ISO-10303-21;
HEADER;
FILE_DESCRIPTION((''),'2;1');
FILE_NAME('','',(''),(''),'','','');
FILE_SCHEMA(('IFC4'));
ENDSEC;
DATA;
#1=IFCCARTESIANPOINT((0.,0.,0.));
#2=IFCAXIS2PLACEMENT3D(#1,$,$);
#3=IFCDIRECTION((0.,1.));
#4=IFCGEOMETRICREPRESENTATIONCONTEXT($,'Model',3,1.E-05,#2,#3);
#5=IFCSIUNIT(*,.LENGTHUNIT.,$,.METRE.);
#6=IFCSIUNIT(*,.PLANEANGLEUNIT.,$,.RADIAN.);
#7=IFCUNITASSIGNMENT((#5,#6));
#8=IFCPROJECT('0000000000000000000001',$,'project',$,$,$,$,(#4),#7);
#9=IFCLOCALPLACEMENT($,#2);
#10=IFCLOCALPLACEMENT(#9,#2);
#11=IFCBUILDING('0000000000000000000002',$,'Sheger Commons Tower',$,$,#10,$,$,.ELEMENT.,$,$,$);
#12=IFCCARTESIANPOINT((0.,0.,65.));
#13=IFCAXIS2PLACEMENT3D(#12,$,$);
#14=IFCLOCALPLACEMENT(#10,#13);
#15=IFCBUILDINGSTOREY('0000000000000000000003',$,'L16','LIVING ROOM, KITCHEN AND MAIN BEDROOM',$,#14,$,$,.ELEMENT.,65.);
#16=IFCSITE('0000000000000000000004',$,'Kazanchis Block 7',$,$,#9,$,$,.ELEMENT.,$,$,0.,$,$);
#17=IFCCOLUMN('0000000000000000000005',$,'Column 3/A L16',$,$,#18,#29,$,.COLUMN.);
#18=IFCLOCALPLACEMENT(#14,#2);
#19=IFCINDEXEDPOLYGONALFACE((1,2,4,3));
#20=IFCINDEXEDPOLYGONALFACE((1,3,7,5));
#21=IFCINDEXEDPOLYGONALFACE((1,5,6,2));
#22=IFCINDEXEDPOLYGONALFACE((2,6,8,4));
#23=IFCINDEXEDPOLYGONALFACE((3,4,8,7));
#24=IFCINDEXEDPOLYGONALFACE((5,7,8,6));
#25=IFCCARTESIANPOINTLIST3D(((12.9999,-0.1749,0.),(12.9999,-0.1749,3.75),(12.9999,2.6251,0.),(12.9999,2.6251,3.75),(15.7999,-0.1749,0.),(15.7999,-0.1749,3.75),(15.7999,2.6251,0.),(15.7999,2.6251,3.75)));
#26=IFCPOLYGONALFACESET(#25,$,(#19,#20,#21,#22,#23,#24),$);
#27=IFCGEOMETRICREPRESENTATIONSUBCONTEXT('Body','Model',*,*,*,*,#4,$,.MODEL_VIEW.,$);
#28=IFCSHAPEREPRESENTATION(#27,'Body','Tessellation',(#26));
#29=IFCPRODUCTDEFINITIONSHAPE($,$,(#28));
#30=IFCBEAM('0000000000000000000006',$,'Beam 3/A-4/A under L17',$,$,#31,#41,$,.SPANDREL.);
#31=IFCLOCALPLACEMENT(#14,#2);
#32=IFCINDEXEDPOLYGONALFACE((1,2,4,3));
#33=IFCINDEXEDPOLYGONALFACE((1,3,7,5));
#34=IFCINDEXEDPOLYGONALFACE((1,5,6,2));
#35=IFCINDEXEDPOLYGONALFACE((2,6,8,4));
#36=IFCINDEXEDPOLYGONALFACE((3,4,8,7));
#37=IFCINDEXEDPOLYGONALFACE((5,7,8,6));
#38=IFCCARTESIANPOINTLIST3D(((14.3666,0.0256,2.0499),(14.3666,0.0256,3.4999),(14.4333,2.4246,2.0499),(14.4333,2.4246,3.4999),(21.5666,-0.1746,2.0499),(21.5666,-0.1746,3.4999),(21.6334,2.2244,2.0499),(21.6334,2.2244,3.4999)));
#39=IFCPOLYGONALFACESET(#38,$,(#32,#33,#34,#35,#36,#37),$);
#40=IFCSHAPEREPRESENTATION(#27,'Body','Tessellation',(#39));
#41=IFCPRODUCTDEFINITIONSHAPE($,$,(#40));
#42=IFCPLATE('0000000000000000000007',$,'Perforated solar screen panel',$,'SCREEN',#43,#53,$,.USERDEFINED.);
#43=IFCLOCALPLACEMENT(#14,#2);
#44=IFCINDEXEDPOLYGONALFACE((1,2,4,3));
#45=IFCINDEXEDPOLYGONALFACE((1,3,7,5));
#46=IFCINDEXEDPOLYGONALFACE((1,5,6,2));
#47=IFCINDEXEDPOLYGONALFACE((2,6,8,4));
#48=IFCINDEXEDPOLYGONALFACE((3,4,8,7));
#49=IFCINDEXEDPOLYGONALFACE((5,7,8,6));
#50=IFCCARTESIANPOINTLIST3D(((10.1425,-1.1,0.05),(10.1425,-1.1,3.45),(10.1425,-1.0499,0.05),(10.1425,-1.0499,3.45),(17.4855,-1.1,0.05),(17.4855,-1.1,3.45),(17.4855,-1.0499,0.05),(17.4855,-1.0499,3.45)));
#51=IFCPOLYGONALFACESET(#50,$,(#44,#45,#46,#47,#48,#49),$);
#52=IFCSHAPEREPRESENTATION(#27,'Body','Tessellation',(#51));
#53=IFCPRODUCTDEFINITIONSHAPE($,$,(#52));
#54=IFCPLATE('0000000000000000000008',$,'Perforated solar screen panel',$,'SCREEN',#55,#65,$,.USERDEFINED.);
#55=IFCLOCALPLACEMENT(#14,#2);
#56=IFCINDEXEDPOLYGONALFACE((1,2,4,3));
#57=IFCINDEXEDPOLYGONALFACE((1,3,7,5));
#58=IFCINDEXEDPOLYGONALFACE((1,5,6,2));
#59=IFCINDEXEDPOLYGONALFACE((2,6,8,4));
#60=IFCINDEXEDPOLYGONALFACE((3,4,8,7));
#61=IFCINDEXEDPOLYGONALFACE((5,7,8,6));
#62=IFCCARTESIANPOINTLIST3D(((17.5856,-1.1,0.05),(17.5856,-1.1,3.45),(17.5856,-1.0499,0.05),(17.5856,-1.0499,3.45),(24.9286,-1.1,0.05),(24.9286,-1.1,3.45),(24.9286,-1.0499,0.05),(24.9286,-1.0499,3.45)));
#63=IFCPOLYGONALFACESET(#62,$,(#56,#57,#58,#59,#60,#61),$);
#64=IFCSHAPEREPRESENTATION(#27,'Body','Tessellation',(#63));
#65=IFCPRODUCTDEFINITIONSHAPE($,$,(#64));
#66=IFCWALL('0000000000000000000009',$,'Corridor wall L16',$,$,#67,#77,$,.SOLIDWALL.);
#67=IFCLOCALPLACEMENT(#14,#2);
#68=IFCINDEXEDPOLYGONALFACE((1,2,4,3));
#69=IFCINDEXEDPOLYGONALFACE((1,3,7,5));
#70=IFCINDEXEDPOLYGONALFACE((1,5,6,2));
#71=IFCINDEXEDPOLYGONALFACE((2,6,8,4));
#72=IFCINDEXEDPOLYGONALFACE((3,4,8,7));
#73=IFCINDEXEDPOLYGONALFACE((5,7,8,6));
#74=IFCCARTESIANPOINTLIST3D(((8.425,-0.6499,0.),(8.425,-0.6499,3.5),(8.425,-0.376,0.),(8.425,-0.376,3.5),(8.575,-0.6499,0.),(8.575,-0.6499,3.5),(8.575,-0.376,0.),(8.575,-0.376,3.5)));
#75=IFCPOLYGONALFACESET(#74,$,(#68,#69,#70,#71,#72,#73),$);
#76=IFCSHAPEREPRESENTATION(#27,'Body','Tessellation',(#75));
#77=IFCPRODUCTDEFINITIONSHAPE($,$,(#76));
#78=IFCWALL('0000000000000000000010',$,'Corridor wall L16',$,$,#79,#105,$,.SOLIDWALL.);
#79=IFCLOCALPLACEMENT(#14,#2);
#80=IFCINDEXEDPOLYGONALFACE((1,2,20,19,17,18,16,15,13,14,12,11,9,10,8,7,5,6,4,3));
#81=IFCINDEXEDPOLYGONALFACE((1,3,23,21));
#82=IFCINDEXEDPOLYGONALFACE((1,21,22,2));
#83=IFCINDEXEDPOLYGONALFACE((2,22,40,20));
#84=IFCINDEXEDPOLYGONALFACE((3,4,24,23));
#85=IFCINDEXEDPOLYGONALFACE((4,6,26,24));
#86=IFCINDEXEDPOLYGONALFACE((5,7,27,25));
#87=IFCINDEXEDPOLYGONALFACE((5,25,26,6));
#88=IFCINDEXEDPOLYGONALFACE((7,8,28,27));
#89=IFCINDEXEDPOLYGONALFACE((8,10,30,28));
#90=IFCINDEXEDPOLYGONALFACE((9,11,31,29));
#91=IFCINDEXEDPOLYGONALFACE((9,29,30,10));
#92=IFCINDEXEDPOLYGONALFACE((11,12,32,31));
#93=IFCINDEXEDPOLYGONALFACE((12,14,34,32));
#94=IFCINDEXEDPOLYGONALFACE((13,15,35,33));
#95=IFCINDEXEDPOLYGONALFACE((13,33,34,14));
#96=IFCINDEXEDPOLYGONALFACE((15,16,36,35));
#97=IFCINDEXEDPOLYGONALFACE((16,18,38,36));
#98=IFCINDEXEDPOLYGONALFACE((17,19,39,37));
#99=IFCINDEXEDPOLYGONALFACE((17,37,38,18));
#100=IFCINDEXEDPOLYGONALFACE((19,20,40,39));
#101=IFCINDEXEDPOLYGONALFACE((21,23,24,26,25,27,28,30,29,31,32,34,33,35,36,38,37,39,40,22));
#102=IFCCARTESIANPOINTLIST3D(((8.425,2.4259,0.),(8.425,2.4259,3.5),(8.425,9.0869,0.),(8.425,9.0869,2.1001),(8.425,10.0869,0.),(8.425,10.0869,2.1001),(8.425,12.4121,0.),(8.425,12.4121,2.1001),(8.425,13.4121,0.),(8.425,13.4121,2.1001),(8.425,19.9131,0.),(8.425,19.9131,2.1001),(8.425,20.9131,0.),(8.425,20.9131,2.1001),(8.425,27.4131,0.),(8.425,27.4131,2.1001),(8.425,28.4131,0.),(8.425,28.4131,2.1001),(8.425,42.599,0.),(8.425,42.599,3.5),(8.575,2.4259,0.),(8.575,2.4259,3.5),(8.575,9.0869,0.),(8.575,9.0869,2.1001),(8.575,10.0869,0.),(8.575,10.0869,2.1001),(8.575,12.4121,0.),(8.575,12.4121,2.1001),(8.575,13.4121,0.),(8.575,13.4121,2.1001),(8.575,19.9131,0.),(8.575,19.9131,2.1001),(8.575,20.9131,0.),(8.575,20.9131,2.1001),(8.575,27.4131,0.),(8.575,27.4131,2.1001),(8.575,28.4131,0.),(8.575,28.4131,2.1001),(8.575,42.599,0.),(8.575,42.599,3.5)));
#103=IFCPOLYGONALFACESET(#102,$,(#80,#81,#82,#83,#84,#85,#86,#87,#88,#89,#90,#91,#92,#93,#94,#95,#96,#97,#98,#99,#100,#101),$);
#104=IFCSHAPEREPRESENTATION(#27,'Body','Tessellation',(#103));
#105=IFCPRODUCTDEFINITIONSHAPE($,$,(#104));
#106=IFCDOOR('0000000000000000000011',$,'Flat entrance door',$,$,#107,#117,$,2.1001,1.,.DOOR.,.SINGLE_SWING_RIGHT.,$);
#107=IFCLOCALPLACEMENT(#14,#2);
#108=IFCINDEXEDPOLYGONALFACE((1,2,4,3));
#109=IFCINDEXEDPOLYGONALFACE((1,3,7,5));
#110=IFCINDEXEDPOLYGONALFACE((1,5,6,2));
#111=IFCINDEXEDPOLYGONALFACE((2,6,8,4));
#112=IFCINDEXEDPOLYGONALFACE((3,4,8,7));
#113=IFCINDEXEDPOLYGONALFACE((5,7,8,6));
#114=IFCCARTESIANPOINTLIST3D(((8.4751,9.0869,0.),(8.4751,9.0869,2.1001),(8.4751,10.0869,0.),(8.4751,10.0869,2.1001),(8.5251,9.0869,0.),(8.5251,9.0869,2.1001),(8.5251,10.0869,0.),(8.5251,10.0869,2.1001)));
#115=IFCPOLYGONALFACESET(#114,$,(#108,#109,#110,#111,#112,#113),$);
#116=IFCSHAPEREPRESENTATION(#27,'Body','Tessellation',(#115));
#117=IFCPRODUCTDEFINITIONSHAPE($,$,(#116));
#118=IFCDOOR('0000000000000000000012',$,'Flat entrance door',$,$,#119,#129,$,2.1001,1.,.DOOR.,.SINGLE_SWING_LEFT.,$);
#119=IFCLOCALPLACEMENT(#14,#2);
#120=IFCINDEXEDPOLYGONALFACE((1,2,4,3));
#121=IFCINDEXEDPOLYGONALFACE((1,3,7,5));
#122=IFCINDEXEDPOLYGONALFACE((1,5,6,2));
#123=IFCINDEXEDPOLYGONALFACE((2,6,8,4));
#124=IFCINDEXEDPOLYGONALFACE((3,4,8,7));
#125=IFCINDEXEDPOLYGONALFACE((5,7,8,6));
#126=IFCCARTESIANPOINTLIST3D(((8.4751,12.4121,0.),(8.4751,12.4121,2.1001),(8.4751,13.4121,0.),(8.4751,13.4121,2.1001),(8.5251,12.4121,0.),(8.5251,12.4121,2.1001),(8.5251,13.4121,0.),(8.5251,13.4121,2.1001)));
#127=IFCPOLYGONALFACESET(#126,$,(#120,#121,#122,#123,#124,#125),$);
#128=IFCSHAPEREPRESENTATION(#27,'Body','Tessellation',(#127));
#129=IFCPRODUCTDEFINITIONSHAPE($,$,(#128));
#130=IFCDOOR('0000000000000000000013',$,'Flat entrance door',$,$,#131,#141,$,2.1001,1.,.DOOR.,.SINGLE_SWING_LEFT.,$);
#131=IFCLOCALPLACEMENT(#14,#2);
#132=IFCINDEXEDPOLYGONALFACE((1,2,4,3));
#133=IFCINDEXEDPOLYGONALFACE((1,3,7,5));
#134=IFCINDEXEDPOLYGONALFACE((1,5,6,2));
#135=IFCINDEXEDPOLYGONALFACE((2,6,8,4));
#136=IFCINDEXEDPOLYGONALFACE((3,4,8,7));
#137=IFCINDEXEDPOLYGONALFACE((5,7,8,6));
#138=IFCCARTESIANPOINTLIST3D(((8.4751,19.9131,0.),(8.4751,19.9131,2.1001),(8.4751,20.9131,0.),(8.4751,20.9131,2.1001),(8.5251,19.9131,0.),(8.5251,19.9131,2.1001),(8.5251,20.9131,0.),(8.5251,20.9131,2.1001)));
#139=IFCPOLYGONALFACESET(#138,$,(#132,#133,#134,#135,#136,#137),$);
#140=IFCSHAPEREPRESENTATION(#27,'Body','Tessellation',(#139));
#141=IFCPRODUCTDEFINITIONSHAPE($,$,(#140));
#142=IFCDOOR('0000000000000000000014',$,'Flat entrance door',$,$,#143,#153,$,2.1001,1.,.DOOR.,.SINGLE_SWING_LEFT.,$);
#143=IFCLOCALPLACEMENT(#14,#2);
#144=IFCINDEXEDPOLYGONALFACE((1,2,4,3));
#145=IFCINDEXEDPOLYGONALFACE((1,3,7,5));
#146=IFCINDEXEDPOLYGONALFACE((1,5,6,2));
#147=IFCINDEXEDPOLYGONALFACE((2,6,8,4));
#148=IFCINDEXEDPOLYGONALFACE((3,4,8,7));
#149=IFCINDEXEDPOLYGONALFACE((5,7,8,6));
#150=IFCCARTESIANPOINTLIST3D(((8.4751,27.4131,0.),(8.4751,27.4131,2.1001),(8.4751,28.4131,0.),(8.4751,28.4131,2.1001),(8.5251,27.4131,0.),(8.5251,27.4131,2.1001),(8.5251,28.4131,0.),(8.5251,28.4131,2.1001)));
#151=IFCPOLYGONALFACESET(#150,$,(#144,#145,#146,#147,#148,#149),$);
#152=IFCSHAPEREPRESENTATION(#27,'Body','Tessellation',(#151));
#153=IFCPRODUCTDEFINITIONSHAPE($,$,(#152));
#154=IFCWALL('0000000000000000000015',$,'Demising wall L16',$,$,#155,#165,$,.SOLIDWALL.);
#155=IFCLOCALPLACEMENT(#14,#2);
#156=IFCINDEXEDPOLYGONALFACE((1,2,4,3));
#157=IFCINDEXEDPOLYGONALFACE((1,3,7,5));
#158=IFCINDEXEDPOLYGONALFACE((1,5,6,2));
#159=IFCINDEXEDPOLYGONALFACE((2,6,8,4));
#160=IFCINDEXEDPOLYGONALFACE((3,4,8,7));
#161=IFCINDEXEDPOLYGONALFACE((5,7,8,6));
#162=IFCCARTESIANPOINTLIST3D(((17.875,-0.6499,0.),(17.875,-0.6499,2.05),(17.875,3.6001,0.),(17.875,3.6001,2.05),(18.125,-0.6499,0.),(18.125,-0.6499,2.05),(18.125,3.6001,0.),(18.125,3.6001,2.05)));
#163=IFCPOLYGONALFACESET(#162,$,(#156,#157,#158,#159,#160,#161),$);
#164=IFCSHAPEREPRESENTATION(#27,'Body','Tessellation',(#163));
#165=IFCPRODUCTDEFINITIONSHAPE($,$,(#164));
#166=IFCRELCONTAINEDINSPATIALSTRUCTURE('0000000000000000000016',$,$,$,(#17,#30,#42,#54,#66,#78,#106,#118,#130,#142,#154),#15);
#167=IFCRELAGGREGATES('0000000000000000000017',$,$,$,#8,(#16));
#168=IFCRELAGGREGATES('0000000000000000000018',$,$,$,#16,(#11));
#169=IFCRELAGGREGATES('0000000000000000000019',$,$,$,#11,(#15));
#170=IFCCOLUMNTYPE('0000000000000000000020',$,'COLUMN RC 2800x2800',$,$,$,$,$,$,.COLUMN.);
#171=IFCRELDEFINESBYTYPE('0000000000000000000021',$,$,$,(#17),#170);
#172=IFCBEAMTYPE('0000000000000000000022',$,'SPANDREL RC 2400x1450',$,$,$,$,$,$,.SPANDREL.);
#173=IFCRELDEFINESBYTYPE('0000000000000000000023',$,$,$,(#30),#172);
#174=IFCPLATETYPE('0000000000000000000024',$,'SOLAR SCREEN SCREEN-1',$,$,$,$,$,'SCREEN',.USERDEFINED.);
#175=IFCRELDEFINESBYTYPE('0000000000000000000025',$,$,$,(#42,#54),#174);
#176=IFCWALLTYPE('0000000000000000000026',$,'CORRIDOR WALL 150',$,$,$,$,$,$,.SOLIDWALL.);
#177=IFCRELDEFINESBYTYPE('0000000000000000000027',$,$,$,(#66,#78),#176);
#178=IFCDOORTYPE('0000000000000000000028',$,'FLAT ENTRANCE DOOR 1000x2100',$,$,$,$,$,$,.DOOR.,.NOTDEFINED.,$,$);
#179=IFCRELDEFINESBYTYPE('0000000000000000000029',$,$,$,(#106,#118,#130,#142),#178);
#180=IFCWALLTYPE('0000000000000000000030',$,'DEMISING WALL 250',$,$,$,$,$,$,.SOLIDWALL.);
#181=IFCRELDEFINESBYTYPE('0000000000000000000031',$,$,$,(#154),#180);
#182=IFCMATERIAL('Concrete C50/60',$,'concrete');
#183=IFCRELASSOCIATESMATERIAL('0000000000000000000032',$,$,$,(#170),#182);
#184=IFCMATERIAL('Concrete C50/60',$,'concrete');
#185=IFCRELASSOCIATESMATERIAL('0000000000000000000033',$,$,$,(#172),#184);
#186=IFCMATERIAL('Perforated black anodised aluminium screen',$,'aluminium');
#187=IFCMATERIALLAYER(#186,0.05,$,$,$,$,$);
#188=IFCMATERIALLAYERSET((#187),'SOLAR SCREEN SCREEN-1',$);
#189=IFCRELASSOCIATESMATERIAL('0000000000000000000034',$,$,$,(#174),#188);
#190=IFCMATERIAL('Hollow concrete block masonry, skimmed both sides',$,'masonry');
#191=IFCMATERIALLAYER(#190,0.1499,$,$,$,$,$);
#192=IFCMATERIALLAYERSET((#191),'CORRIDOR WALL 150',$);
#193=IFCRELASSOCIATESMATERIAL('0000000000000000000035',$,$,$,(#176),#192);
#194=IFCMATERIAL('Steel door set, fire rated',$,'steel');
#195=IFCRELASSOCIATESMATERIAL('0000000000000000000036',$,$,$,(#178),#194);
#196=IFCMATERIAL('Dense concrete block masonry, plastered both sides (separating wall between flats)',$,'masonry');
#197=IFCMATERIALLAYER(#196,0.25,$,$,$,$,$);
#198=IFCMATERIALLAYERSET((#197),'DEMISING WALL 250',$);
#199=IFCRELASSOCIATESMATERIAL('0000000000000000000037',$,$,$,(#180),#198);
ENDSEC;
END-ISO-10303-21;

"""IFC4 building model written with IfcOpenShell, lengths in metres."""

from ifc_helpers import new_model, si_unit, direction, frame, frame_2d, origin, origin_2d, place, context, subcontext, project, spatial, rectangle, extrude, material, layer, layer_set, material_profile, profile_set, type_object, element, fill, save


model = new_model("IFC4")

# Units and contexts
model_context = context("Model", 3, precision=1e-05, world=origin(), true_north=direction((0.0, 1.0)))
body_context = subcontext(model_context, "Body", "Model", "MODEL_VIEW")
ifc_project = project(units=[si_unit("LENGTHUNIT", "METRE"), si_unit("PLANEANGLEUNIT", "RADIAN")], contexts=[model_context])

# Site, building, storey
site_placement = place(None, origin())
site = spatial("IfcSite", under=ifc_project, at=site_placement, Name="Kazanchis Block 7", CompositionType="ELEMENT", RefElevation=0.0)
building_placement = place(site_placement, origin())
building = spatial("IfcBuilding", under=site, at=building_placement, Name="Sheger Commons Tower", CompositionType="ELEMENT")
storey_placement = place(building_placement, frame((0.0, 0.0, 65.0)))
storey = spatial("IfcBuildingStorey", under=building, at=storey_placement, Name="L16", Description="LIVING ROOM, KITCHEN AND MAIN BEDROOM", CompositionType="ELEMENT", Elevation=65.0)

# Column
ifc_material_1 = material(Name="Concrete C50/60", Category="concrete")
ifc_material_profile_1 = material_profile(ifc_material_1, rectangle(XDim=2.8, YDim=2.8, at=origin_2d()), Name="RC 2800x2800")
ifc_profile_set_1 = profile_set([ifc_material_profile_1], Name="Concrete C50/60")
column_type = type_object("IfcColumnType", Name="COLUMN RC 2800x2800", PredefinedType="COLUMN", material=ifc_profile_set_1)
column_placement = place(storey_placement, frame((14.3999, 1.2251, 0.0), z_axis=(0.0, 0.0, 1.0), x_axis=(1.0, 0.0, 0.0)))
element("IfcColumn", 1, at=column_placement, inside=storey, type_object=column_type, Name="Column 3/A L16", PredefinedType="COLUMN", context=body_context, shape_type="SweptSolid", body=[
    extrude(rectangle(XDim=2.8, YDim=2.8, at=origin_2d()), origin(), (0.0, 0.0, 1.0), 3.75),
])

# Beam
ifc_material_2 = material(Name="Concrete C50/60", Category="concrete")
ifc_material_profile_2 = material_profile(ifc_material_2, rectangle(XDim=2.3999, YDim=1.45, at=origin_2d()), Name="RC 2400x1450")
ifc_profile_set_2 = profile_set([ifc_material_profile_2], Name="Concrete C50/60")
beam_type = type_object("IfcBeamType", Name="SPANDREL RC 2400x1450", PredefinedType="SPANDREL", material=ifc_profile_set_2)
beam_placement = place(storey_placement, frame((14.3999, 1.2251, 2.7749), z_axis=(0.999614, -0.027793, 0.0), x_axis=(0.027793, 0.999614, 0.0)))
element("IfcBeam", 2, at=beam_placement, inside=storey, type_object=beam_type, Name="Beam 3/A-4/A under L17", PredefinedType="SPANDREL", context=body_context, shape_type="SweptSolid", body=[
    extrude(rectangle(XDim=2.3999, YDim=1.45, at=origin_2d()), origin(), (0.0, 0.0, 1.0), 7.2029),
])

# Plates
ifc_material_3 = material(Name="Perforated black anodised aluminium screen", Category="aluminium")
ifc_layer_1 = layer(ifc_material_3, 0.05)
ifc_layer_set_1 = layer_set([ifc_layer_1], Name="SOLAR SCREEN SCREEN-1")
plate_type = type_object("IfcPlateType", Name="SOLAR SCREEN SCREEN-1", ElementType="SCREEN", PredefinedType="USERDEFINED", material=ifc_layer_set_1)
for number, where, z_axis, x_axis, name in (
    (3, (13.814, -1.075, 0.05), (0.0, 0.0, 1.0), (1.0, 0.0, 0.0), "Perforated solar screen panel"),
    (4, (21.2571, -1.075, 0.05), (0.0, 0.0, 1.0), (1.0, 0.0, 0.0), "Perforated solar screen panel"),
):
    element("IfcPlate", number, at=place(storey_placement, frame(where, z_axis=z_axis, x_axis=x_axis)), inside=storey, type_object=plate_type, Name=name, ObjectType="SCREEN", PredefinedType="USERDEFINED", context=body_context, shape_type="SweptSolid", body=[
        extrude(rectangle(XDim=7.343, YDim=0.05, at=origin_2d()), origin(), (0.0, 0.0, 1.0), 3.3999),
    ])

# Wall
ifc_material_4 = material(Name="Hollow concrete block masonry, skimmed both sides", Category="masonry")
ifc_layer_2 = layer(ifc_material_4, 0.1499)
ifc_layer_set_2 = layer_set([ifc_layer_2], Name="CORRIDOR WALL 150")
wall_type_1 = type_object("IfcWallType", Name="CORRIDOR WALL 150", PredefinedType="SOLIDWALL", material=ifc_layer_set_2)
wall_1_placement = place(storey_placement, frame((8.5, -0.6499, 0.0), z_axis=(0.0, 0.0, 1.0), x_axis=(0.0, 1.0, 0.0)))
element("IfcWall", 5, at=wall_1_placement, inside=storey, type_object=wall_type_1, Name="Corridor wall L16", PredefinedType="SOLIDWALL", context=body_context, shape_type="SweptSolid", body=[
    extrude(rectangle(XDim=0.2739, YDim=0.1499, at=frame_2d((0.137, 0.0))), origin(), (0.0, 0.0, 1.0), 3.5),
])

# Wall, openings, doors
wall_2_placement = place(storey_placement, frame((8.5, 2.426, 0.0), z_axis=(0.0, 0.0, 1.0), x_axis=(0.0, 1.0, 0.0)))
wall_2 = element("IfcWall", 6, at=wall_2_placement, inside=storey, type_object=wall_type_1, Name="Corridor wall L16", PredefinedType="SOLIDWALL", context=body_context, shape_type="SweptSolid", body=[
    extrude(rectangle(XDim=40.1731, YDim=0.1499, at=frame_2d((20.0864, 0.0))), origin(), (0.0, 0.0, 1.0), 3.5),
])
opening_1_placement = place(wall_2_placement, frame((6.6609, 0.0, 0.0)))
opening_1 = element("IfcOpeningElement", 7, at=opening_1_placement, cuts=wall_2, PredefinedType="OPENING", context=body_context, shape_type="SweptSolid", body=[
    extrude(rectangle(XDim=1.0, YDim=2.1001, at=frame_2d((0.5, 1.05))), frame((0.0, 0.085, 0.0), z_axis=(0.0, -1.0, 0.0), x_axis=(1.0, 0.0, 0.0)), (0.0, 0.0, 1.0), 0.1699),
])
opening_2_placement = place(wall_2_placement, frame((9.9861, 0.0, 0.0)))
opening_2 = element("IfcOpeningElement", 8, at=opening_2_placement, cuts=wall_2, PredefinedType="OPENING", context=body_context, shape_type="SweptSolid", body=[
    extrude(rectangle(XDim=1.0, YDim=2.1001, at=frame_2d((0.5, 1.05))), frame((0.0, 0.085, 0.0), z_axis=(0.0, -1.0, 0.0), x_axis=(1.0, 0.0, 0.0)), (0.0, 0.0, 1.0), 0.1699),
])
opening_3_placement = place(wall_2_placement, frame((17.4871, 0.0, 0.0)))
opening_3 = element("IfcOpeningElement", 9, at=opening_3_placement, cuts=wall_2, PredefinedType="OPENING", context=body_context, shape_type="SweptSolid", body=[
    extrude(rectangle(XDim=1.0, YDim=2.1001, at=frame_2d((0.5, 1.05))), frame((0.0, 0.085, 0.0), z_axis=(0.0, -1.0, 0.0), x_axis=(1.0, 0.0, 0.0)), (0.0, 0.0, 1.0), 0.1699),
])
opening_4_placement = place(wall_2_placement, frame((24.9871, 0.0, 0.0)))
opening_4 = element("IfcOpeningElement", 10, at=opening_4_placement, cuts=wall_2, PredefinedType="OPENING", context=body_context, shape_type="SweptSolid", body=[
    extrude(rectangle(XDim=1.0, YDim=2.1001, at=frame_2d((0.5, 1.05))), frame((0.0, 0.085, 0.0), z_axis=(0.0, -1.0, 0.0), x_axis=(1.0, 0.0, 0.0)), (0.0, 0.0, 1.0), 0.1699),
])
ifc_material_5 = material(Name="Steel door set, fire rated", Category="steel")
door_type = type_object("IfcDoorType", Name="FLAT ENTRANCE DOOR 1000x2100", OperationType="NOTDEFINED", PredefinedType="DOOR", material=ifc_material_5)
door_1_placement = place(opening_1_placement, origin())
door_1 = element("IfcDoor", 11, at=door_1_placement, inside=storey, type_object=door_type, Name="Flat entrance door", OperationType="SINGLE_SWING_RIGHT", OverallHeight=2.1001, OverallWidth=1.0, PredefinedType="DOOR", context=body_context, shape_type="SweptSolid", body=[
    extrude(rectangle(XDim=1.0, YDim=2.1001, at=frame_2d((0.5, 1.05))), frame((0.0, 0.0249, 0.0), z_axis=(0.0, -1.0, 0.0), x_axis=(1.0, 0.0, 0.0)), (0.0, 0.0, 1.0), 0.05),
])
fill(opening_1, door_1)
door_2_placement = place(opening_2_placement, origin())
door_2 = element("IfcDoor", 12, at=door_2_placement, inside=storey, type_object=door_type, Name="Flat entrance door", OperationType="SINGLE_SWING_LEFT", OverallHeight=2.1001, OverallWidth=1.0, PredefinedType="DOOR", context=body_context, shape_type="SweptSolid", body=[
    extrude(rectangle(XDim=1.0, YDim=2.1001, at=frame_2d((0.5, 1.05))), frame((0.0, 0.0249, 0.0), z_axis=(0.0, -1.0, 0.0), x_axis=(1.0, 0.0, 0.0)), (0.0, 0.0, 1.0), 0.05),
])
fill(opening_2, door_2)
door_3_placement = place(opening_3_placement, origin())
door_3 = element("IfcDoor", 13, at=door_3_placement, inside=storey, type_object=door_type, Name="Flat entrance door", OperationType="SINGLE_SWING_LEFT", OverallHeight=2.1001, OverallWidth=1.0, PredefinedType="DOOR", context=body_context, shape_type="SweptSolid", body=[
    extrude(rectangle(XDim=1.0, YDim=2.1001, at=frame_2d((0.5, 1.05))), frame((0.0, 0.0249, 0.0), z_axis=(0.0, -1.0, 0.0), x_axis=(1.0, 0.0, 0.0)), (0.0, 0.0, 1.0), 0.05),
])
fill(opening_3, door_3)
door_4_placement = place(opening_4_placement, origin())
door_4 = element("IfcDoor", 14, at=door_4_placement, inside=storey, type_object=door_type, Name="Flat entrance door", OperationType="SINGLE_SWING_LEFT", OverallHeight=2.1001, OverallWidth=1.0, PredefinedType="DOOR", context=body_context, shape_type="SweptSolid", body=[
    extrude(rectangle(XDim=1.0, YDim=2.1001, at=frame_2d((0.5, 1.05))), frame((0.0, 0.0249, 0.0), z_axis=(0.0, -1.0, 0.0), x_axis=(1.0, 0.0, 0.0)), (0.0, 0.0, 1.0), 0.05),
])
fill(opening_4, door_4)

# Wall
ifc_material_6 = material(Name="Dense concrete block masonry, plastered both sides (separating wall between flats)", Category="masonry")
ifc_layer_3 = layer(ifc_material_6, 0.25)
ifc_layer_set_3 = layer_set([ifc_layer_3], Name="DEMISING WALL 250")
wall_type_2 = type_object("IfcWallType", Name="DEMISING WALL 250", PredefinedType="SOLIDWALL", material=ifc_layer_set_3)
wall_3_placement = place(storey_placement, frame((18.0, -0.6499, 0.0), z_axis=(0.0, 0.0, 1.0), x_axis=(0.0, 1.0, 0.0)))
element("IfcWall", 15, at=wall_3_placement, inside=storey, type_object=wall_type_2, Name="Demising wall L16", PredefinedType="SOLIDWALL", context=body_context, shape_type="SweptSolid", body=[
    extrude(rectangle(XDim=4.25, YDim=0.25, at=frame_2d((2.125, 0.0))), origin(), (0.0, 0.0, 1.0), 2.05),
])

save(model, "model.ifc")
